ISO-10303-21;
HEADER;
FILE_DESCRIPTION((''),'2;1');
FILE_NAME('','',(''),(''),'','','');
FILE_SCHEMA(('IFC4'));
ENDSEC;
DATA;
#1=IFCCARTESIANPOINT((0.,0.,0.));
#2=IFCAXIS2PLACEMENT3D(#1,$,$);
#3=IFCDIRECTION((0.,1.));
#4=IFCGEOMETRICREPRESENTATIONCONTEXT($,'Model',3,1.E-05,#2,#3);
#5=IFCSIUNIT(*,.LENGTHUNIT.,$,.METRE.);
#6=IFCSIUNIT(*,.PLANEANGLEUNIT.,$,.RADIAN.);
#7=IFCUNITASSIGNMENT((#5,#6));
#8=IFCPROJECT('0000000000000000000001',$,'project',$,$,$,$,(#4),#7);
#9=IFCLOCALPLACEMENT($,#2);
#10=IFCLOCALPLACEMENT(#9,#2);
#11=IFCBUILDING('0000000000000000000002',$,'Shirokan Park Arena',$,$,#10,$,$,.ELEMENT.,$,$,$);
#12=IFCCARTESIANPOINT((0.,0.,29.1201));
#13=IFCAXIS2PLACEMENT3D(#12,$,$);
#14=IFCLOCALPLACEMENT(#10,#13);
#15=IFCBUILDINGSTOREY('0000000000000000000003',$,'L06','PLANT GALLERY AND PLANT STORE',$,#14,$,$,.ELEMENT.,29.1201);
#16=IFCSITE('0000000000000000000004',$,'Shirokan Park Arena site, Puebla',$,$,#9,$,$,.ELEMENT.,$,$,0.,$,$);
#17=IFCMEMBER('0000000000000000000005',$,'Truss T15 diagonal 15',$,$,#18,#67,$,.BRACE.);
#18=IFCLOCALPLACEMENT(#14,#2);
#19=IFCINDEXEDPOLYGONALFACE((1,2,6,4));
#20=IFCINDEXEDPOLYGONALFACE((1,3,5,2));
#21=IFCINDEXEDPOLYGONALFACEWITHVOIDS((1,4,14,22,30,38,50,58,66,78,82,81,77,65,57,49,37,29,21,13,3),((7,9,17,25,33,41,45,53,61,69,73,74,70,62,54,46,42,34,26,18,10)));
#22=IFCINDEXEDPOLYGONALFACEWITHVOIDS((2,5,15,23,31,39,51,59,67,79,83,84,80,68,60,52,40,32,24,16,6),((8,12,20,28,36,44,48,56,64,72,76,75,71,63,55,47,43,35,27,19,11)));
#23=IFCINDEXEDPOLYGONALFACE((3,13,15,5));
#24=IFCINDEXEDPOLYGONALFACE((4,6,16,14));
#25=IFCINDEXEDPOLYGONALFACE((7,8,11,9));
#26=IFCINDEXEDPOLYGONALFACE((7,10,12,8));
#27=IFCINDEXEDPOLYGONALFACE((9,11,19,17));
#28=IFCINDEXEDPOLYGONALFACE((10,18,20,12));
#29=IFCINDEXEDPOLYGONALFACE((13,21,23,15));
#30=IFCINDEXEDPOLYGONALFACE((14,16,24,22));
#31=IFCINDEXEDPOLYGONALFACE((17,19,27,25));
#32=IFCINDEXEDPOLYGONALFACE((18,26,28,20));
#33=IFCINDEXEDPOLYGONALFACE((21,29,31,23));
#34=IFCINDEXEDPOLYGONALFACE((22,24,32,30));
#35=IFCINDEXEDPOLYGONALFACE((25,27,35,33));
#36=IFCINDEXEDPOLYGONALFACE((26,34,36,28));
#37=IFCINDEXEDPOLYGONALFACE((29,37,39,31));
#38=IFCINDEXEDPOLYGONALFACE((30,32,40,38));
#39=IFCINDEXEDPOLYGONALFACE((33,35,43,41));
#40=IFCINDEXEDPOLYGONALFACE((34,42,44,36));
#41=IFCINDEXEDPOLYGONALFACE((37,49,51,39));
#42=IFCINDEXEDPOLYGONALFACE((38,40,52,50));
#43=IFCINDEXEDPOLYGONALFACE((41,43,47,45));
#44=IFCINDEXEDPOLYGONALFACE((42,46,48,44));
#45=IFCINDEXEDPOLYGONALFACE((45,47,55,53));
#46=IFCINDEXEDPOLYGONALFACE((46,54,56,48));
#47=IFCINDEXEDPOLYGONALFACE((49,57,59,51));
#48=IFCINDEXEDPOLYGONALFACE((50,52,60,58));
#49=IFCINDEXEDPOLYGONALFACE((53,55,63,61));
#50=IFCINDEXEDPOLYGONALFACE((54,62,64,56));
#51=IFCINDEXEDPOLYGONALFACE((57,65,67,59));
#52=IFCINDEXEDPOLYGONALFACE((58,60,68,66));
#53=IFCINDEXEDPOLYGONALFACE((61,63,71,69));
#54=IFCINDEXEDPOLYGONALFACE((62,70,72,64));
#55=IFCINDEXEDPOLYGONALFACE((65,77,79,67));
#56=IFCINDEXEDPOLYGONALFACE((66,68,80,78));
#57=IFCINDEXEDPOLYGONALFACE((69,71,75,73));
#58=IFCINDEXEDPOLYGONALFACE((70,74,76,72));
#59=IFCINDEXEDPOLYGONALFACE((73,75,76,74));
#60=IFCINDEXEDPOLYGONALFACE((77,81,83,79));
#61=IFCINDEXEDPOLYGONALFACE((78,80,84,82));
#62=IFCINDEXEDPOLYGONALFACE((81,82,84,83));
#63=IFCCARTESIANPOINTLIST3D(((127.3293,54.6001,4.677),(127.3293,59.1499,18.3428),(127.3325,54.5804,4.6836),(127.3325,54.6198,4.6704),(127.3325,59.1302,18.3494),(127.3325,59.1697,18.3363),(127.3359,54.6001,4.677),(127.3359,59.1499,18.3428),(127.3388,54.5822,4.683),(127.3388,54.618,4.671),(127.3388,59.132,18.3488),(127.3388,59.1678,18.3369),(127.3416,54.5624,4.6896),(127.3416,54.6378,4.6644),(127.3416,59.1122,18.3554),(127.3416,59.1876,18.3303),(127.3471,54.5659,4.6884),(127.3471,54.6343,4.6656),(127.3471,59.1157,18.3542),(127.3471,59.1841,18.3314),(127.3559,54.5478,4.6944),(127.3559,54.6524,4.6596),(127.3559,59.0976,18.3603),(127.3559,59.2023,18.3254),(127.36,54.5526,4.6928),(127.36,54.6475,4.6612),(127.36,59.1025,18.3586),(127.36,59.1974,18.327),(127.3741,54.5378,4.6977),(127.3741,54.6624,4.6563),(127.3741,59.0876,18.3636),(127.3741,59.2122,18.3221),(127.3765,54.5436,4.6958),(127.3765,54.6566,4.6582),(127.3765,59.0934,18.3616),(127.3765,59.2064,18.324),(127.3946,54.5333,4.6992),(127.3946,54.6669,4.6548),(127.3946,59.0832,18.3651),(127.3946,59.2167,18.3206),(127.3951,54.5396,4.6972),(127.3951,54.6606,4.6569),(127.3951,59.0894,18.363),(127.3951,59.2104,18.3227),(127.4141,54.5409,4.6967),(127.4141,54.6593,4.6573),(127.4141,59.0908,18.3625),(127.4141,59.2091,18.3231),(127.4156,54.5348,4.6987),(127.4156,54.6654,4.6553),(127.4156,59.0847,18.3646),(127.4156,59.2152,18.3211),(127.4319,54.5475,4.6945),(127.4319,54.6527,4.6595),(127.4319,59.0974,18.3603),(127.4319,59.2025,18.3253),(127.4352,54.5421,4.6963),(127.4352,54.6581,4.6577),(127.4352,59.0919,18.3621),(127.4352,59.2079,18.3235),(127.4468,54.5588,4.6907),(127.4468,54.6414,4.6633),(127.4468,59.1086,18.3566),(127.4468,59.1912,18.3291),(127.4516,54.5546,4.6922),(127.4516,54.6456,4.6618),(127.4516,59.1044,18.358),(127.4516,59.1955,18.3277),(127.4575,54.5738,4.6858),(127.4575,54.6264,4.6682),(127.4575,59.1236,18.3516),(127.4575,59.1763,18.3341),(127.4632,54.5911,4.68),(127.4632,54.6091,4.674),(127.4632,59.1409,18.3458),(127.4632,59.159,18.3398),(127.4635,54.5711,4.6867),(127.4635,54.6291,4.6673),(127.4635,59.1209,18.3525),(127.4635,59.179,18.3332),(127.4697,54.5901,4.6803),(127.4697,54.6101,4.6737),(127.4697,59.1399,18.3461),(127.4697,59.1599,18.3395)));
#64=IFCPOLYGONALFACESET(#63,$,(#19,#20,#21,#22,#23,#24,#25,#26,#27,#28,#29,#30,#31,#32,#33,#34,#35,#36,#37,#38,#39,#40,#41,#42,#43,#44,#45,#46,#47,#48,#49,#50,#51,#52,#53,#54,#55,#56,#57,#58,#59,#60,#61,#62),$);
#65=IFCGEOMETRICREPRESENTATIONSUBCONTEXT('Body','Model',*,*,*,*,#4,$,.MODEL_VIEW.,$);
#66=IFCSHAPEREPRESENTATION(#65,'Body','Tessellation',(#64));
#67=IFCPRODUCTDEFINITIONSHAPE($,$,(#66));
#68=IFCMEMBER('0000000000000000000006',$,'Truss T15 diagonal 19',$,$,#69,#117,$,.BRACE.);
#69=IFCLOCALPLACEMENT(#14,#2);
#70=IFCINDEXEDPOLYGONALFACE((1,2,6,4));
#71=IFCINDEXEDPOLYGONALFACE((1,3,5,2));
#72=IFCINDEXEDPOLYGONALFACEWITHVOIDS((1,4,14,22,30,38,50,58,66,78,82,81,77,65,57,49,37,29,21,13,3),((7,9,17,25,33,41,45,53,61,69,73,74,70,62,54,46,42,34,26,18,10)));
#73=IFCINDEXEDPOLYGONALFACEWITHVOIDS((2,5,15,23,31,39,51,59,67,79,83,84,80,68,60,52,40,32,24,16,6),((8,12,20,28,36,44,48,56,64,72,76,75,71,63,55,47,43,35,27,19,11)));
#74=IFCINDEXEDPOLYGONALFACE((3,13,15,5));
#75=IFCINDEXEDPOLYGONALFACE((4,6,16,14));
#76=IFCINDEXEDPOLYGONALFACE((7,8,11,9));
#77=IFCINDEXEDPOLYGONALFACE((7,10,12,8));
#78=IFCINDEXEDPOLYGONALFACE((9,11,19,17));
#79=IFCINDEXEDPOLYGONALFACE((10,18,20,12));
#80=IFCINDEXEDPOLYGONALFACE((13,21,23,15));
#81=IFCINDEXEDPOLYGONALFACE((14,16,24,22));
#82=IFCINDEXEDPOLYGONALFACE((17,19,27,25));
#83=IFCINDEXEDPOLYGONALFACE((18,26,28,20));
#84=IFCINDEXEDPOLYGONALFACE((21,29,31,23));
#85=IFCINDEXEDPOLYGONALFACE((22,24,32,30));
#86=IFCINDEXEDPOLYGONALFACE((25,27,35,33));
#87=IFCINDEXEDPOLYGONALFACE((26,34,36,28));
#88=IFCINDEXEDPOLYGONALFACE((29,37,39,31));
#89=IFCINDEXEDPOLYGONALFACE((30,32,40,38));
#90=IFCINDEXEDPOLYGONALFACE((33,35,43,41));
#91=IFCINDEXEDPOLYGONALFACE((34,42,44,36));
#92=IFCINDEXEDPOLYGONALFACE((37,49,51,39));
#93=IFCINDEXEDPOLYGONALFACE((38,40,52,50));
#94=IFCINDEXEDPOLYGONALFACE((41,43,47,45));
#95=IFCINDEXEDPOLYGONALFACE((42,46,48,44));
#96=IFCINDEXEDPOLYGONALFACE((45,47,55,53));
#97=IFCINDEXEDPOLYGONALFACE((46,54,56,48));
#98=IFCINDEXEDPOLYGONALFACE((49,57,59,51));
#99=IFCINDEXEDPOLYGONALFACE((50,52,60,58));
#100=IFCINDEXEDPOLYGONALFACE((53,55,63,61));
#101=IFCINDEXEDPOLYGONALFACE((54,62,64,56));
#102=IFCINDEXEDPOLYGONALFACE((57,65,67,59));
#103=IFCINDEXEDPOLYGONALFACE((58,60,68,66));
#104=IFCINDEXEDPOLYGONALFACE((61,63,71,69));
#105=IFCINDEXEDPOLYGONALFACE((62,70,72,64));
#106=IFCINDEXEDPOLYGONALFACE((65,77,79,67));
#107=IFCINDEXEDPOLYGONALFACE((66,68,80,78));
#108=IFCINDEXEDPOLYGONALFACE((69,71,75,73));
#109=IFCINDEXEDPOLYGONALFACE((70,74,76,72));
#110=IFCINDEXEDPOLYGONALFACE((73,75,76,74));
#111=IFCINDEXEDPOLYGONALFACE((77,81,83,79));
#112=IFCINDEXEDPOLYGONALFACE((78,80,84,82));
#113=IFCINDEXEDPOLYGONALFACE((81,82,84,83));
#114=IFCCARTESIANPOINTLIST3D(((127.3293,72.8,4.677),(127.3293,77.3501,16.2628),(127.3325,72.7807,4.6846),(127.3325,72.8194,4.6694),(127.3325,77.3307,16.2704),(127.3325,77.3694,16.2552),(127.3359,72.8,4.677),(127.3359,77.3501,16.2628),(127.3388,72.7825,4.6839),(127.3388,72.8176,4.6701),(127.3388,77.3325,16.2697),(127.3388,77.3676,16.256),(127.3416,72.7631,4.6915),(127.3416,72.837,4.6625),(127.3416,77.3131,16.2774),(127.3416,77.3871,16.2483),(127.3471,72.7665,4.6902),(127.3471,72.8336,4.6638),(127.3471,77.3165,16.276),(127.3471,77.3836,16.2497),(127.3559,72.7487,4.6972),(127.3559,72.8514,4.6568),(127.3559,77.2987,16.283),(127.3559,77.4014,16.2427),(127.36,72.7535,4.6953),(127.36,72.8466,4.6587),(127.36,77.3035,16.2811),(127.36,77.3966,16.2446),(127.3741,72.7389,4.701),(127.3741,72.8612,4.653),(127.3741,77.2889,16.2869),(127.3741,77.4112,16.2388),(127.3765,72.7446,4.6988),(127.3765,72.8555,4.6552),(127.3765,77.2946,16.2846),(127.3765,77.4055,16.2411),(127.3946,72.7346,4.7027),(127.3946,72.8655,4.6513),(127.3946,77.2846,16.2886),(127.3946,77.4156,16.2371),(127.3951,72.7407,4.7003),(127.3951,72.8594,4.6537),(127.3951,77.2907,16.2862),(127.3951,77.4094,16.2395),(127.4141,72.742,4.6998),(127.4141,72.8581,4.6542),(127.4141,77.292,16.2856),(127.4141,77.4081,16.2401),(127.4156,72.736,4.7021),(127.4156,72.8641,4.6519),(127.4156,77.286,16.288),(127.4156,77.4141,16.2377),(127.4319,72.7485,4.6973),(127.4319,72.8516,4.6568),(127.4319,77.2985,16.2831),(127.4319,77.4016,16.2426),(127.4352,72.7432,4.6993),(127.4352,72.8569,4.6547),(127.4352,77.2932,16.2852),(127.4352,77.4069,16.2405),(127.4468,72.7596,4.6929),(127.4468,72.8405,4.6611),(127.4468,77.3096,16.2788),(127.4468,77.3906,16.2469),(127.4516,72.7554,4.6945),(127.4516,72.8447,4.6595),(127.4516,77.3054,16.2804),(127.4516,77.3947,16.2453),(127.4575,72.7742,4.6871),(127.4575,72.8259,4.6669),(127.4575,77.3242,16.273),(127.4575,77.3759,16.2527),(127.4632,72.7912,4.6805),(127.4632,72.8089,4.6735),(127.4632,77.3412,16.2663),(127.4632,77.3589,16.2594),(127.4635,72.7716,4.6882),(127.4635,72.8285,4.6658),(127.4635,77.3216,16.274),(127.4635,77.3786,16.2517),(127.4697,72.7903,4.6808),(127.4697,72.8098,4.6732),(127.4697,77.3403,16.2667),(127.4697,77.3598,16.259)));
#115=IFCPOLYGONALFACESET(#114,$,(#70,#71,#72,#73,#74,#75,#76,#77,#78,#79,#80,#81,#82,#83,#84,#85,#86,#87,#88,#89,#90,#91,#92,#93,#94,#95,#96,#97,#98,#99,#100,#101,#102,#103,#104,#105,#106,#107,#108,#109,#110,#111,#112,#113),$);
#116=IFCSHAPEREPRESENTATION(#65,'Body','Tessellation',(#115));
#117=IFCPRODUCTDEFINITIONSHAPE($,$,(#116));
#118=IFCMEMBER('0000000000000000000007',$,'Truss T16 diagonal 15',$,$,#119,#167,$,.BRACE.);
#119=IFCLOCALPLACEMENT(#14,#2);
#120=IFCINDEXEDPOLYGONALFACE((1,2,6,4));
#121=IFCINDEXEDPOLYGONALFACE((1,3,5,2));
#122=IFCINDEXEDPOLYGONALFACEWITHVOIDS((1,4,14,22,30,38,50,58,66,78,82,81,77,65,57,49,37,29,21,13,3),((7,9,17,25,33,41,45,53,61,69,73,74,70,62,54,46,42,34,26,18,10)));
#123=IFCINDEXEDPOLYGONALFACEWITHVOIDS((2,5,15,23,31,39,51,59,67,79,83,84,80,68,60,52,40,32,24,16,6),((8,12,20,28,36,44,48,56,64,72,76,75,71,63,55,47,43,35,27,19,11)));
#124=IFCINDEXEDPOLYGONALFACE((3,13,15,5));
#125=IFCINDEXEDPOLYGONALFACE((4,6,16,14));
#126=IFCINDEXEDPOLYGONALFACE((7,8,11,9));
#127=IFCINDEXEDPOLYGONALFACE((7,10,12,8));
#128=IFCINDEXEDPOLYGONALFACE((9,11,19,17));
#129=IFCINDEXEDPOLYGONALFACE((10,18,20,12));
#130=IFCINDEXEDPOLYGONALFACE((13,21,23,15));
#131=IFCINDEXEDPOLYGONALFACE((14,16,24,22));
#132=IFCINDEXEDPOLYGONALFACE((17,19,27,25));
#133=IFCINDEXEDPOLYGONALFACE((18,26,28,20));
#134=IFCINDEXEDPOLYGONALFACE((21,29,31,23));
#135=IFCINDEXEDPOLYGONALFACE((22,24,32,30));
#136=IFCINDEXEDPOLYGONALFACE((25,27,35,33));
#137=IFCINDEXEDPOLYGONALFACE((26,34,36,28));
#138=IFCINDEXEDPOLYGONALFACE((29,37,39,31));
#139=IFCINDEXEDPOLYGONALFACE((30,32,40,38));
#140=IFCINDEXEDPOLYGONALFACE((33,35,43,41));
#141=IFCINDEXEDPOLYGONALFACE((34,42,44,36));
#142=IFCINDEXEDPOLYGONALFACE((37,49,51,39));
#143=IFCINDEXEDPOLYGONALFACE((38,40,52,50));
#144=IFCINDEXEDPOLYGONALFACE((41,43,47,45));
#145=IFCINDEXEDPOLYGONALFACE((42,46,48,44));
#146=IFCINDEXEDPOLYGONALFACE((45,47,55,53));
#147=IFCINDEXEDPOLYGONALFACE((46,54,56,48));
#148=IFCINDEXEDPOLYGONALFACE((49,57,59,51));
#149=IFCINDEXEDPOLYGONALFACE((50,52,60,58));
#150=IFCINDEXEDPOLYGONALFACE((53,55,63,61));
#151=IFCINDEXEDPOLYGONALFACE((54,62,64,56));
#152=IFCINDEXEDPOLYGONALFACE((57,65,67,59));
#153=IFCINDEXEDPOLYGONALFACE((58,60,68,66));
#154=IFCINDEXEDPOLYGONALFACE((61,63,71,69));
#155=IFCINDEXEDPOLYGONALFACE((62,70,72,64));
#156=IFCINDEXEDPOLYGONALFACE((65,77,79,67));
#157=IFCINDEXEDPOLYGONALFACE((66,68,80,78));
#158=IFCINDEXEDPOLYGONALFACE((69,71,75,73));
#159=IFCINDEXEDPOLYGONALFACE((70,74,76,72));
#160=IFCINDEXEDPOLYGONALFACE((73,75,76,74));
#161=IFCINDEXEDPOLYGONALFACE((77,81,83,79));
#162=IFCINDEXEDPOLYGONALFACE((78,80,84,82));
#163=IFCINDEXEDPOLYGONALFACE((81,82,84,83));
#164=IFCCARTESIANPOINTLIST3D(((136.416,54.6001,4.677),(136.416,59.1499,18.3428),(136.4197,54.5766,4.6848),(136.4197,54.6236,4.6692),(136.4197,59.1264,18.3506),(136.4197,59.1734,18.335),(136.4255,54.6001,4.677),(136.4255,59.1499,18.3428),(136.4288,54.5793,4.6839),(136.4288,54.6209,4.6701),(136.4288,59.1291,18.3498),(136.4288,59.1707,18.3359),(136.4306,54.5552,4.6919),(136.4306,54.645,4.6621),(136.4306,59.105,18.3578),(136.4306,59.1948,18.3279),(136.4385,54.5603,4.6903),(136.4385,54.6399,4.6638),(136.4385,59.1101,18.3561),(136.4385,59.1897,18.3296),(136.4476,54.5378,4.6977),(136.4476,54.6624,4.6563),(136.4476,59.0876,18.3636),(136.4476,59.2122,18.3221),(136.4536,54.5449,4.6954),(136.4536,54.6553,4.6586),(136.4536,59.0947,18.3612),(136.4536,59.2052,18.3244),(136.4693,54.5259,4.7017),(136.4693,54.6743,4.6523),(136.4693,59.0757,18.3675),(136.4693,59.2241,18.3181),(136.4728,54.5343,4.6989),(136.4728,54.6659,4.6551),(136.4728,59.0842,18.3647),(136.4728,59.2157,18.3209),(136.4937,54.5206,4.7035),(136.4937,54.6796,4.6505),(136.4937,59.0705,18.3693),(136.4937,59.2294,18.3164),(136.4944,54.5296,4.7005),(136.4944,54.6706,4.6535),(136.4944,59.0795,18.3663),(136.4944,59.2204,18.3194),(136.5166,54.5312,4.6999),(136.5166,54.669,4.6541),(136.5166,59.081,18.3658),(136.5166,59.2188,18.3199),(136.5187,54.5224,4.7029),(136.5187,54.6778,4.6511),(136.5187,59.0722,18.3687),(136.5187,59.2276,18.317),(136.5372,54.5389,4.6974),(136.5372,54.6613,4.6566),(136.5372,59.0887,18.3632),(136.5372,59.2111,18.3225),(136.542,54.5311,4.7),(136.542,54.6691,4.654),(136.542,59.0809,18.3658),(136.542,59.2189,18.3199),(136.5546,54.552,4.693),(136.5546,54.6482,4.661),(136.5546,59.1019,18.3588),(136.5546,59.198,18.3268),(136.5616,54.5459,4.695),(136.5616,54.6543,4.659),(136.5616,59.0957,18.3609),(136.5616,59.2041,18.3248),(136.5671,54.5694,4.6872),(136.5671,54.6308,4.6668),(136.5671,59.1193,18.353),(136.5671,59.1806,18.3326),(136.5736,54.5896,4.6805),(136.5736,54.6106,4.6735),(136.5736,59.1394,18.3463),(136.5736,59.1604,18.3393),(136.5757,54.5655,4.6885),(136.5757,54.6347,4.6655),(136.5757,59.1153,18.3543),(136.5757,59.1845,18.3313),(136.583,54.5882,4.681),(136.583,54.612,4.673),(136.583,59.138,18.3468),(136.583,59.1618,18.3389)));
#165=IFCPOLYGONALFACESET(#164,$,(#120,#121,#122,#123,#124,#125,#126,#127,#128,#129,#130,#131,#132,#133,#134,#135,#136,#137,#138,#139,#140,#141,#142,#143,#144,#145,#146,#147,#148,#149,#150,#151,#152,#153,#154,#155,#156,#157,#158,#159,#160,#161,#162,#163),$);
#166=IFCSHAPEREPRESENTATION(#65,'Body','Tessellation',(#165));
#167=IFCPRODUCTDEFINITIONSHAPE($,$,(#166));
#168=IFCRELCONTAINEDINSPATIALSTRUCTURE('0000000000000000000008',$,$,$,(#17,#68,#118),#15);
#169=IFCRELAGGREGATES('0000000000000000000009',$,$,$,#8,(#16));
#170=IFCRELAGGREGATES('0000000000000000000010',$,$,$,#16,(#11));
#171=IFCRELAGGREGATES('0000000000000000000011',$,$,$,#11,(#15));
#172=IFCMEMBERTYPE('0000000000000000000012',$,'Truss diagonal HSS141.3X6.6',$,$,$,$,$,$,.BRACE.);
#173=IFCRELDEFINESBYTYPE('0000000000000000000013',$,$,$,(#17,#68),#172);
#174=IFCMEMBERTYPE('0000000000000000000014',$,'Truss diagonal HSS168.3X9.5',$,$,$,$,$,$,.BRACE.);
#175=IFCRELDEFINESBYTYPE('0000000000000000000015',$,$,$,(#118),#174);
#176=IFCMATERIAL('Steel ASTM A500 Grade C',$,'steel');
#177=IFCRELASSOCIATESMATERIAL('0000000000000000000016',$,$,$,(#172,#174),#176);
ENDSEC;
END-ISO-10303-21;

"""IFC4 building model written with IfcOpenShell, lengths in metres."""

from ifc_helpers import new_model, si_unit, direction, frame, origin, origin_2d, place, context, subcontext, project, spatial, hollow_circle, extrude, material, material_profile, profile_set, type_object, element, save


model = new_model("IFC4")

# Units and contexts
model_context = context("Model", 3, precision=1e-05, world=origin(), true_north=direction((0.0, 1.0)))
body_context = subcontext(model_context, "Body", "Model", "MODEL_VIEW")
ifc_project = project(units=[si_unit("LENGTHUNIT", "METRE"), si_unit("PLANEANGLEUNIT", "RADIAN")], contexts=[model_context])

# Site, building, storey
site_placement = place(None, origin())
site = spatial("IfcSite", under=ifc_project, at=site_placement, Name="Shirokan Park Arena site, Puebla", CompositionType="ELEMENT", RefElevation=0.0)
building_placement = place(site_placement, origin())
building = spatial("IfcBuilding", under=site, at=building_placement, Name="Shirokan Park Arena", CompositionType="ELEMENT")
storey_placement = place(building_placement, frame((0.0, 0.0, 29.1201)))
storey = spatial("IfcBuildingStorey", under=building, at=storey_placement, Name="L06", Description="PLANT GALLERY AND PLANT STORE", CompositionType="ELEMENT", Elevation=29.1201)

# Shared definitions
ifc_material_1 = material(Name="Steel ASTM A500 Grade C", Category="steel")

# Members
ifc_material_profile_1 = material_profile(ifc_material_1, hollow_circle(Radius=0.0706, WallThickness=0.0066, at=origin_2d()), Name="HSS141.3X6.6")
ifc_profile_set_1 = profile_set([ifc_material_profile_1], Name="Steel ASTM A500 Grade C")
member_type_1 = type_object("IfcMemberType", Name="Truss diagonal HSS141.3X6.6", PredefinedType="BRACE", material=ifc_profile_set_1)
member_1_placement = place(storey_placement, frame((127.3999, 54.6001, 4.677), z_axis=(0.0, 0.315887, 0.948797), x_axis=(-1.0, 0.0, 0.0)))
element("IfcMember", 1, at=member_1_placement, inside=storey, type_object=member_type_1, Name="Truss T15 diagonal 15", PredefinedType="BRACE", context=body_context, shape_type="SweptSolid", body=[
    extrude(hollow_circle(Radius=0.0706, WallThickness=0.0066, at=origin_2d()), origin(), (0.0, 0.0, 1.0), 14.4033),
])
member_2_placement = place(storey_placement, frame((127.3999, 72.8, 4.677), z_axis=(0.0, 0.365543, 0.930794), x_axis=(-1.0, 0.0, 0.0)))
element("IfcMember", 2, at=member_2_placement, inside=storey, type_object=member_type_1, Name="Truss T15 diagonal 19", PredefinedType="BRACE", context=body_context, shape_type="SweptSolid", body=[
    extrude(hollow_circle(Radius=0.0706, WallThickness=0.0066, at=origin_2d()), origin(), (0.0, 0.0, 1.0), 12.4473),
])
ifc_material_profile_2 = material_profile(ifc_material_1, hollow_circle(Radius=0.084, WallThickness=0.0095, at=origin_2d()), Name="HSS168.3X9.5")
ifc_profile_set_2 = profile_set([ifc_material_profile_2], Name="Steel ASTM A500 Grade C")
member_type_2 = type_object("IfcMemberType", Name="Truss diagonal HSS168.3X9.5", PredefinedType="BRACE", material=ifc_profile_set_2)
member_3_placement = place(storey_placement, frame((136.5, 54.6001, 4.677), z_axis=(0.0, 0.315887, 0.948797), x_axis=(-1.0, 0.0, 0.0)))
element("IfcMember", 3, at=member_3_placement, inside=storey, type_object=member_type_2, Name="Truss T16 diagonal 15", PredefinedType="BRACE", context=body_context, shape_type="SweptSolid", body=[
    extrude(hollow_circle(Radius=0.084, WallThickness=0.0095, at=origin_2d()), origin(), (0.0, 0.0, 1.0), 14.4033),
])

save(model, "model.ifc")
